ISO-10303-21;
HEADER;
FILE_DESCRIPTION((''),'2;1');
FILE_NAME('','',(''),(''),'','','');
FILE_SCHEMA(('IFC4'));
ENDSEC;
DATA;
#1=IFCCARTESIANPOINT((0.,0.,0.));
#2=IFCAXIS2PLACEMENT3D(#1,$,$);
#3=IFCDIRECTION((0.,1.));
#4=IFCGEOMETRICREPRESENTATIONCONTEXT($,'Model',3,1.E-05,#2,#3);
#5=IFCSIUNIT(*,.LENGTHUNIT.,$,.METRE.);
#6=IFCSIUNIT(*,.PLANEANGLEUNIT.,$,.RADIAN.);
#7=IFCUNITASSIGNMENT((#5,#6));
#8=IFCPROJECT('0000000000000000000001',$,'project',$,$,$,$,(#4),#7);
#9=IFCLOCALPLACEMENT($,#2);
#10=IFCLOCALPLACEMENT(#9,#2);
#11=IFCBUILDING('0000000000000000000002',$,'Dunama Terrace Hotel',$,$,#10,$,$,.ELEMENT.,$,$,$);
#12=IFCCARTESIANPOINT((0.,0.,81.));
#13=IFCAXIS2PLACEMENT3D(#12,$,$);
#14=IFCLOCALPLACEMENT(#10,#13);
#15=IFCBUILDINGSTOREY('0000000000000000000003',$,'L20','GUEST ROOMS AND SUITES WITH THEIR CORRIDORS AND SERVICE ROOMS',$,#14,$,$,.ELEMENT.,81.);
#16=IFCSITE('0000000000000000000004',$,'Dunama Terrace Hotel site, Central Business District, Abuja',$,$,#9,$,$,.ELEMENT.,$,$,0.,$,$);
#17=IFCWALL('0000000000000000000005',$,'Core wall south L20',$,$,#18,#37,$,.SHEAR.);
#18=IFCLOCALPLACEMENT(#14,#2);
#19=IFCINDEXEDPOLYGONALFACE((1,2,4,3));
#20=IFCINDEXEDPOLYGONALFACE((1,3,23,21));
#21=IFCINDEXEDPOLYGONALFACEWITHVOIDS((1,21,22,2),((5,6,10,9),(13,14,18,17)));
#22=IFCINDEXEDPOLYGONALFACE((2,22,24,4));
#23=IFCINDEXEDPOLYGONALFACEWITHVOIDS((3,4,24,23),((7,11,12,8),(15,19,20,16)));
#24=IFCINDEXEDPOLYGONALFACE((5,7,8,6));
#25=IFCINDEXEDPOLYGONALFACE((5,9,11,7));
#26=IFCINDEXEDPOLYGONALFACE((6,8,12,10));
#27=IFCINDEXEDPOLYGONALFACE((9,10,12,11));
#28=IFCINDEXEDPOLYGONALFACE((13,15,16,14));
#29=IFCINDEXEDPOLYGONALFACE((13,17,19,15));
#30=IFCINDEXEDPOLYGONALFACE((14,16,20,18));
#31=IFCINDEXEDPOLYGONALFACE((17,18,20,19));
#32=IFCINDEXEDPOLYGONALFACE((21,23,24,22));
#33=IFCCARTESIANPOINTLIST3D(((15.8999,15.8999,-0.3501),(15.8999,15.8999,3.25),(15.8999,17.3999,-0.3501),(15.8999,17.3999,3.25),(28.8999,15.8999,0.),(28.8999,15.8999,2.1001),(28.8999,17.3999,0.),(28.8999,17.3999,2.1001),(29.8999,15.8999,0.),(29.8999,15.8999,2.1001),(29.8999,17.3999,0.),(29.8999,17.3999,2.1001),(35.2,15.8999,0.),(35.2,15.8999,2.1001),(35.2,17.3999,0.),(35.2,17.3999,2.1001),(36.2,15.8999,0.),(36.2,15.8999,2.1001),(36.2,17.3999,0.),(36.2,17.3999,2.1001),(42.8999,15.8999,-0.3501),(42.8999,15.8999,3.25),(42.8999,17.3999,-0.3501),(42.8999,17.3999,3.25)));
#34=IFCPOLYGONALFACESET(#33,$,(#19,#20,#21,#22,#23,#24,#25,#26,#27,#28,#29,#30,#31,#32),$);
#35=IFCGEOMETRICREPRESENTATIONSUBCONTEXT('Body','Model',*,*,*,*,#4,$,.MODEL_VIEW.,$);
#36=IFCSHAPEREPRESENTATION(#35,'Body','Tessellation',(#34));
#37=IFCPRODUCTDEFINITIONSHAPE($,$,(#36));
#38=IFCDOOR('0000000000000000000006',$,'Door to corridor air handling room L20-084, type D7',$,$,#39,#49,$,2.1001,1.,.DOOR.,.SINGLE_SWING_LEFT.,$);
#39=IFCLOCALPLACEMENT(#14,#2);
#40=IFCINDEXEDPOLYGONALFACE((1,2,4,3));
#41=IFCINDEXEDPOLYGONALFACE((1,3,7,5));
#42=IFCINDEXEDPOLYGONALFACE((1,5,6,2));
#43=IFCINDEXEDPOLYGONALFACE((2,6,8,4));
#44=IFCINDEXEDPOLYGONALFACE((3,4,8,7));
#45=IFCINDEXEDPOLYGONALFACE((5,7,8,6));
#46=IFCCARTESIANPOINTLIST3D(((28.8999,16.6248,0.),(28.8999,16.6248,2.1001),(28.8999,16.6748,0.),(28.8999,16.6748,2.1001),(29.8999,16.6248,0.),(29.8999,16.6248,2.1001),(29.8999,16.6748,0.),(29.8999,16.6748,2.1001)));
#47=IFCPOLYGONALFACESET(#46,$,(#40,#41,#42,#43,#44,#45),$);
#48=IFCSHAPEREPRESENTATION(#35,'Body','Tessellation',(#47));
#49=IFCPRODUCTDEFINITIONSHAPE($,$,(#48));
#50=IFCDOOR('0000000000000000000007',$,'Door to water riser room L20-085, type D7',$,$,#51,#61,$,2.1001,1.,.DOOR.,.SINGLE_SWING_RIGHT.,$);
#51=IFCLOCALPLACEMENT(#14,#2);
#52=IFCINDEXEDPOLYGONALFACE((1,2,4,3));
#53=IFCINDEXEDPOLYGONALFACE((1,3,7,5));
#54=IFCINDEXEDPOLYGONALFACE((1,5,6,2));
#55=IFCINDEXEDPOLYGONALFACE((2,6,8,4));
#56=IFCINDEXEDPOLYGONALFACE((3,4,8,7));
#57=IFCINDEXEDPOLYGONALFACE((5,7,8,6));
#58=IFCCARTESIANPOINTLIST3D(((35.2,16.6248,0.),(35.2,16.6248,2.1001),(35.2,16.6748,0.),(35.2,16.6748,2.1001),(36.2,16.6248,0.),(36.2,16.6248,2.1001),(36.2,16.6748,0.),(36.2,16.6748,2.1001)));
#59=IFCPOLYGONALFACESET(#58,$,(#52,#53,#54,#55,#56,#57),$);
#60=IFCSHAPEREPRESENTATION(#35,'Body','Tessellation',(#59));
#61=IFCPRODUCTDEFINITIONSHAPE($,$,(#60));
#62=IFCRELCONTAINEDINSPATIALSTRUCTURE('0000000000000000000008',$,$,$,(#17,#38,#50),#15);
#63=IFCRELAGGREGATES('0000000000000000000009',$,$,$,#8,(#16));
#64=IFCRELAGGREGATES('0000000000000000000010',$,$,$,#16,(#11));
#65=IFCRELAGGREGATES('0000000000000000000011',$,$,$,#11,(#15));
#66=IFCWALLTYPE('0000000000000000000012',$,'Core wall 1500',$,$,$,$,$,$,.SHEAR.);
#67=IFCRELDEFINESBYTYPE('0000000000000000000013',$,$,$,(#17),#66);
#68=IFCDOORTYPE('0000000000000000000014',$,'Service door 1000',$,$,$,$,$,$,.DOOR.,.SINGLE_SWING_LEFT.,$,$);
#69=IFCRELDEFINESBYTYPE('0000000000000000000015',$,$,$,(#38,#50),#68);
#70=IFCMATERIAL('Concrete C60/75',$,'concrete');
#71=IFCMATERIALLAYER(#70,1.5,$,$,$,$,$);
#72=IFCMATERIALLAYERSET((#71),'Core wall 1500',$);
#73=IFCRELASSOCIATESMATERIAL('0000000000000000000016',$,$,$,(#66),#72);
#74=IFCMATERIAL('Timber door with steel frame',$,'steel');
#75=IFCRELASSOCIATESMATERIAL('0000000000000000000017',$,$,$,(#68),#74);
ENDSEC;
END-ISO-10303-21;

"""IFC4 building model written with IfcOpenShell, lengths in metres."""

from ifc_helpers import new_model, si_unit, direction, frame, frame_2d, origin, place, context, subcontext, project, spatial, rectangle, extrude, material, layer, layer_set, type_object, element, fill, save


model = new_model("IFC4")

# Units and contexts
model_context = context("Model", 3, precision=1e-05, world=origin(), true_north=direction((0.0, 1.0)))
body_context = subcontext(model_context, "Body", "Model", "MODEL_VIEW")
ifc_project = project(units=[si_unit("LENGTHUNIT", "METRE"), si_unit("PLANEANGLEUNIT", "RADIAN")], contexts=[model_context])

# Site, building, storey
site_placement = place(None, origin())
site = spatial("IfcSite", under=ifc_project, at=site_placement, Name="Dunama Terrace Hotel site, Central Business District, Abuja", CompositionType="ELEMENT", RefElevation=0.0)
building_placement = place(site_placement, origin())
building = spatial("IfcBuilding", under=site, at=building_placement, Name="Dunama Terrace Hotel", CompositionType="ELEMENT")
storey_placement = place(building_placement, frame((0.0, 0.0, 81.0)))
storey = spatial("IfcBuildingStorey", under=building, at=storey_placement, Name="L20", Description="GUEST ROOMS AND SUITES WITH THEIR CORRIDORS AND SERVICE ROOMS", CompositionType="ELEMENT", Elevation=81.0)

# Wall, openings, doors
ifc_material_1 = material(Name="Concrete C60/75", Category="concrete")
ifc_layer_1 = layer(ifc_material_1, 1.5)
ifc_layer_set_1 = layer_set([ifc_layer_1], Name="Core wall 1500")
wall_type_1 = type_object("IfcWallType", Name="Core wall 1500", PredefinedType="SHEAR", material=ifc_layer_set_1)
wall_1_placement = place(storey_placement, frame((15.8999, 16.6499, -0.3501), z_axis=(0.0, 0.0, 1.0), x_axis=(1.0, 0.0, 0.0)))
wall_1 = element("IfcWall", 1, at=wall_1_placement, inside=storey, type_object=wall_type_1, Name="Core wall south L20", PredefinedType="SHEAR", context=body_context, shape_type="SweptSolid", body=[
    extrude(rectangle(XDim=27.0, YDim=1.5, at=frame_2d((13.5, 0.0))), origin(), (0.0, 0.0, 1.0), 3.6001),
])
opening_1_placement = place(wall_1_placement, frame((13.0, 0.0, 0.3501)))
opening_1 = element("IfcOpeningElement", 2, at=opening_1_placement, cuts=wall_1, PredefinedType="OPENING", context=body_context, shape_type="SweptSolid", body=[
    extrude(rectangle(XDim=1.0, YDim=2.1001, at=frame_2d((0.5, 1.05))), frame((0.0, 0.76, 0.0), z_axis=(0.0, -1.0, 0.0), x_axis=(1.0, 0.0, 0.0)), (0.0, 0.0, 1.0), 1.52),
])
opening_2_placement = place(wall_1_placement, frame((19.3, 0.0, 0.3501)))
opening_2 = element("IfcOpeningElement", 3, at=opening_2_placement, cuts=wall_1, PredefinedType="OPENING", context=body_context, shape_type="SweptSolid", body=[
    extrude(rectangle(XDim=1.0, YDim=2.1001, at=frame_2d((0.5, 1.05))), frame((0.0, 0.76, 0.0), z_axis=(0.0, -1.0, 0.0), x_axis=(1.0, 0.0, 0.0)), (0.0, 0.0, 1.0), 1.52),
])
ifc_material_2 = material(Name="Timber door with steel frame", Category="steel")
door_type_1 = type_object("IfcDoorType", Name="Service door 1000", OperationType="SINGLE_SWING_LEFT", PredefinedType="DOOR", material=ifc_material_2)
door_1_placement = place(opening_1_placement, origin())
door_1 = element("IfcDoor", 4, at=door_1_placement, inside=storey, type_object=door_type_1, Name="Door to corridor air handling room L20-084, type D7", OperationType="SINGLE_SWING_LEFT", OverallHeight=2.1001, OverallWidth=1.0, PredefinedType="DOOR", context=body_context, shape_type="SweptSolid", body=[
    extrude(rectangle(XDim=1.0, YDim=2.1001, at=frame_2d((0.5, 1.05))), frame((0.0, 0.0249, 0.0), z_axis=(0.0, -1.0, 0.0), x_axis=(1.0, 0.0, 0.0)), (0.0, 0.0, 1.0), 0.05),
])
fill(opening_1, door_1)
door_2_placement = place(opening_2_placement, origin())
door_2 = element("IfcDoor", 5, at=door_2_placement, inside=storey, type_object=door_type_1, Name="Door to water riser room L20-085, type D7", OperationType="SINGLE_SWING_RIGHT", OverallHeight=2.1001, OverallWidth=1.0, PredefinedType="DOOR", context=body_context, shape_type="SweptSolid", body=[
    extrude(rectangle(XDim=1.0, YDim=2.1001, at=frame_2d((0.5, 1.05))), frame((0.0, 0.0249, 0.0), z_axis=(0.0, -1.0, 0.0), x_axis=(1.0, 0.0, 0.0)), (0.0, 0.0, 1.0), 0.05),
])
fill(opening_2, door_2)

save(model, "model.ifc")
